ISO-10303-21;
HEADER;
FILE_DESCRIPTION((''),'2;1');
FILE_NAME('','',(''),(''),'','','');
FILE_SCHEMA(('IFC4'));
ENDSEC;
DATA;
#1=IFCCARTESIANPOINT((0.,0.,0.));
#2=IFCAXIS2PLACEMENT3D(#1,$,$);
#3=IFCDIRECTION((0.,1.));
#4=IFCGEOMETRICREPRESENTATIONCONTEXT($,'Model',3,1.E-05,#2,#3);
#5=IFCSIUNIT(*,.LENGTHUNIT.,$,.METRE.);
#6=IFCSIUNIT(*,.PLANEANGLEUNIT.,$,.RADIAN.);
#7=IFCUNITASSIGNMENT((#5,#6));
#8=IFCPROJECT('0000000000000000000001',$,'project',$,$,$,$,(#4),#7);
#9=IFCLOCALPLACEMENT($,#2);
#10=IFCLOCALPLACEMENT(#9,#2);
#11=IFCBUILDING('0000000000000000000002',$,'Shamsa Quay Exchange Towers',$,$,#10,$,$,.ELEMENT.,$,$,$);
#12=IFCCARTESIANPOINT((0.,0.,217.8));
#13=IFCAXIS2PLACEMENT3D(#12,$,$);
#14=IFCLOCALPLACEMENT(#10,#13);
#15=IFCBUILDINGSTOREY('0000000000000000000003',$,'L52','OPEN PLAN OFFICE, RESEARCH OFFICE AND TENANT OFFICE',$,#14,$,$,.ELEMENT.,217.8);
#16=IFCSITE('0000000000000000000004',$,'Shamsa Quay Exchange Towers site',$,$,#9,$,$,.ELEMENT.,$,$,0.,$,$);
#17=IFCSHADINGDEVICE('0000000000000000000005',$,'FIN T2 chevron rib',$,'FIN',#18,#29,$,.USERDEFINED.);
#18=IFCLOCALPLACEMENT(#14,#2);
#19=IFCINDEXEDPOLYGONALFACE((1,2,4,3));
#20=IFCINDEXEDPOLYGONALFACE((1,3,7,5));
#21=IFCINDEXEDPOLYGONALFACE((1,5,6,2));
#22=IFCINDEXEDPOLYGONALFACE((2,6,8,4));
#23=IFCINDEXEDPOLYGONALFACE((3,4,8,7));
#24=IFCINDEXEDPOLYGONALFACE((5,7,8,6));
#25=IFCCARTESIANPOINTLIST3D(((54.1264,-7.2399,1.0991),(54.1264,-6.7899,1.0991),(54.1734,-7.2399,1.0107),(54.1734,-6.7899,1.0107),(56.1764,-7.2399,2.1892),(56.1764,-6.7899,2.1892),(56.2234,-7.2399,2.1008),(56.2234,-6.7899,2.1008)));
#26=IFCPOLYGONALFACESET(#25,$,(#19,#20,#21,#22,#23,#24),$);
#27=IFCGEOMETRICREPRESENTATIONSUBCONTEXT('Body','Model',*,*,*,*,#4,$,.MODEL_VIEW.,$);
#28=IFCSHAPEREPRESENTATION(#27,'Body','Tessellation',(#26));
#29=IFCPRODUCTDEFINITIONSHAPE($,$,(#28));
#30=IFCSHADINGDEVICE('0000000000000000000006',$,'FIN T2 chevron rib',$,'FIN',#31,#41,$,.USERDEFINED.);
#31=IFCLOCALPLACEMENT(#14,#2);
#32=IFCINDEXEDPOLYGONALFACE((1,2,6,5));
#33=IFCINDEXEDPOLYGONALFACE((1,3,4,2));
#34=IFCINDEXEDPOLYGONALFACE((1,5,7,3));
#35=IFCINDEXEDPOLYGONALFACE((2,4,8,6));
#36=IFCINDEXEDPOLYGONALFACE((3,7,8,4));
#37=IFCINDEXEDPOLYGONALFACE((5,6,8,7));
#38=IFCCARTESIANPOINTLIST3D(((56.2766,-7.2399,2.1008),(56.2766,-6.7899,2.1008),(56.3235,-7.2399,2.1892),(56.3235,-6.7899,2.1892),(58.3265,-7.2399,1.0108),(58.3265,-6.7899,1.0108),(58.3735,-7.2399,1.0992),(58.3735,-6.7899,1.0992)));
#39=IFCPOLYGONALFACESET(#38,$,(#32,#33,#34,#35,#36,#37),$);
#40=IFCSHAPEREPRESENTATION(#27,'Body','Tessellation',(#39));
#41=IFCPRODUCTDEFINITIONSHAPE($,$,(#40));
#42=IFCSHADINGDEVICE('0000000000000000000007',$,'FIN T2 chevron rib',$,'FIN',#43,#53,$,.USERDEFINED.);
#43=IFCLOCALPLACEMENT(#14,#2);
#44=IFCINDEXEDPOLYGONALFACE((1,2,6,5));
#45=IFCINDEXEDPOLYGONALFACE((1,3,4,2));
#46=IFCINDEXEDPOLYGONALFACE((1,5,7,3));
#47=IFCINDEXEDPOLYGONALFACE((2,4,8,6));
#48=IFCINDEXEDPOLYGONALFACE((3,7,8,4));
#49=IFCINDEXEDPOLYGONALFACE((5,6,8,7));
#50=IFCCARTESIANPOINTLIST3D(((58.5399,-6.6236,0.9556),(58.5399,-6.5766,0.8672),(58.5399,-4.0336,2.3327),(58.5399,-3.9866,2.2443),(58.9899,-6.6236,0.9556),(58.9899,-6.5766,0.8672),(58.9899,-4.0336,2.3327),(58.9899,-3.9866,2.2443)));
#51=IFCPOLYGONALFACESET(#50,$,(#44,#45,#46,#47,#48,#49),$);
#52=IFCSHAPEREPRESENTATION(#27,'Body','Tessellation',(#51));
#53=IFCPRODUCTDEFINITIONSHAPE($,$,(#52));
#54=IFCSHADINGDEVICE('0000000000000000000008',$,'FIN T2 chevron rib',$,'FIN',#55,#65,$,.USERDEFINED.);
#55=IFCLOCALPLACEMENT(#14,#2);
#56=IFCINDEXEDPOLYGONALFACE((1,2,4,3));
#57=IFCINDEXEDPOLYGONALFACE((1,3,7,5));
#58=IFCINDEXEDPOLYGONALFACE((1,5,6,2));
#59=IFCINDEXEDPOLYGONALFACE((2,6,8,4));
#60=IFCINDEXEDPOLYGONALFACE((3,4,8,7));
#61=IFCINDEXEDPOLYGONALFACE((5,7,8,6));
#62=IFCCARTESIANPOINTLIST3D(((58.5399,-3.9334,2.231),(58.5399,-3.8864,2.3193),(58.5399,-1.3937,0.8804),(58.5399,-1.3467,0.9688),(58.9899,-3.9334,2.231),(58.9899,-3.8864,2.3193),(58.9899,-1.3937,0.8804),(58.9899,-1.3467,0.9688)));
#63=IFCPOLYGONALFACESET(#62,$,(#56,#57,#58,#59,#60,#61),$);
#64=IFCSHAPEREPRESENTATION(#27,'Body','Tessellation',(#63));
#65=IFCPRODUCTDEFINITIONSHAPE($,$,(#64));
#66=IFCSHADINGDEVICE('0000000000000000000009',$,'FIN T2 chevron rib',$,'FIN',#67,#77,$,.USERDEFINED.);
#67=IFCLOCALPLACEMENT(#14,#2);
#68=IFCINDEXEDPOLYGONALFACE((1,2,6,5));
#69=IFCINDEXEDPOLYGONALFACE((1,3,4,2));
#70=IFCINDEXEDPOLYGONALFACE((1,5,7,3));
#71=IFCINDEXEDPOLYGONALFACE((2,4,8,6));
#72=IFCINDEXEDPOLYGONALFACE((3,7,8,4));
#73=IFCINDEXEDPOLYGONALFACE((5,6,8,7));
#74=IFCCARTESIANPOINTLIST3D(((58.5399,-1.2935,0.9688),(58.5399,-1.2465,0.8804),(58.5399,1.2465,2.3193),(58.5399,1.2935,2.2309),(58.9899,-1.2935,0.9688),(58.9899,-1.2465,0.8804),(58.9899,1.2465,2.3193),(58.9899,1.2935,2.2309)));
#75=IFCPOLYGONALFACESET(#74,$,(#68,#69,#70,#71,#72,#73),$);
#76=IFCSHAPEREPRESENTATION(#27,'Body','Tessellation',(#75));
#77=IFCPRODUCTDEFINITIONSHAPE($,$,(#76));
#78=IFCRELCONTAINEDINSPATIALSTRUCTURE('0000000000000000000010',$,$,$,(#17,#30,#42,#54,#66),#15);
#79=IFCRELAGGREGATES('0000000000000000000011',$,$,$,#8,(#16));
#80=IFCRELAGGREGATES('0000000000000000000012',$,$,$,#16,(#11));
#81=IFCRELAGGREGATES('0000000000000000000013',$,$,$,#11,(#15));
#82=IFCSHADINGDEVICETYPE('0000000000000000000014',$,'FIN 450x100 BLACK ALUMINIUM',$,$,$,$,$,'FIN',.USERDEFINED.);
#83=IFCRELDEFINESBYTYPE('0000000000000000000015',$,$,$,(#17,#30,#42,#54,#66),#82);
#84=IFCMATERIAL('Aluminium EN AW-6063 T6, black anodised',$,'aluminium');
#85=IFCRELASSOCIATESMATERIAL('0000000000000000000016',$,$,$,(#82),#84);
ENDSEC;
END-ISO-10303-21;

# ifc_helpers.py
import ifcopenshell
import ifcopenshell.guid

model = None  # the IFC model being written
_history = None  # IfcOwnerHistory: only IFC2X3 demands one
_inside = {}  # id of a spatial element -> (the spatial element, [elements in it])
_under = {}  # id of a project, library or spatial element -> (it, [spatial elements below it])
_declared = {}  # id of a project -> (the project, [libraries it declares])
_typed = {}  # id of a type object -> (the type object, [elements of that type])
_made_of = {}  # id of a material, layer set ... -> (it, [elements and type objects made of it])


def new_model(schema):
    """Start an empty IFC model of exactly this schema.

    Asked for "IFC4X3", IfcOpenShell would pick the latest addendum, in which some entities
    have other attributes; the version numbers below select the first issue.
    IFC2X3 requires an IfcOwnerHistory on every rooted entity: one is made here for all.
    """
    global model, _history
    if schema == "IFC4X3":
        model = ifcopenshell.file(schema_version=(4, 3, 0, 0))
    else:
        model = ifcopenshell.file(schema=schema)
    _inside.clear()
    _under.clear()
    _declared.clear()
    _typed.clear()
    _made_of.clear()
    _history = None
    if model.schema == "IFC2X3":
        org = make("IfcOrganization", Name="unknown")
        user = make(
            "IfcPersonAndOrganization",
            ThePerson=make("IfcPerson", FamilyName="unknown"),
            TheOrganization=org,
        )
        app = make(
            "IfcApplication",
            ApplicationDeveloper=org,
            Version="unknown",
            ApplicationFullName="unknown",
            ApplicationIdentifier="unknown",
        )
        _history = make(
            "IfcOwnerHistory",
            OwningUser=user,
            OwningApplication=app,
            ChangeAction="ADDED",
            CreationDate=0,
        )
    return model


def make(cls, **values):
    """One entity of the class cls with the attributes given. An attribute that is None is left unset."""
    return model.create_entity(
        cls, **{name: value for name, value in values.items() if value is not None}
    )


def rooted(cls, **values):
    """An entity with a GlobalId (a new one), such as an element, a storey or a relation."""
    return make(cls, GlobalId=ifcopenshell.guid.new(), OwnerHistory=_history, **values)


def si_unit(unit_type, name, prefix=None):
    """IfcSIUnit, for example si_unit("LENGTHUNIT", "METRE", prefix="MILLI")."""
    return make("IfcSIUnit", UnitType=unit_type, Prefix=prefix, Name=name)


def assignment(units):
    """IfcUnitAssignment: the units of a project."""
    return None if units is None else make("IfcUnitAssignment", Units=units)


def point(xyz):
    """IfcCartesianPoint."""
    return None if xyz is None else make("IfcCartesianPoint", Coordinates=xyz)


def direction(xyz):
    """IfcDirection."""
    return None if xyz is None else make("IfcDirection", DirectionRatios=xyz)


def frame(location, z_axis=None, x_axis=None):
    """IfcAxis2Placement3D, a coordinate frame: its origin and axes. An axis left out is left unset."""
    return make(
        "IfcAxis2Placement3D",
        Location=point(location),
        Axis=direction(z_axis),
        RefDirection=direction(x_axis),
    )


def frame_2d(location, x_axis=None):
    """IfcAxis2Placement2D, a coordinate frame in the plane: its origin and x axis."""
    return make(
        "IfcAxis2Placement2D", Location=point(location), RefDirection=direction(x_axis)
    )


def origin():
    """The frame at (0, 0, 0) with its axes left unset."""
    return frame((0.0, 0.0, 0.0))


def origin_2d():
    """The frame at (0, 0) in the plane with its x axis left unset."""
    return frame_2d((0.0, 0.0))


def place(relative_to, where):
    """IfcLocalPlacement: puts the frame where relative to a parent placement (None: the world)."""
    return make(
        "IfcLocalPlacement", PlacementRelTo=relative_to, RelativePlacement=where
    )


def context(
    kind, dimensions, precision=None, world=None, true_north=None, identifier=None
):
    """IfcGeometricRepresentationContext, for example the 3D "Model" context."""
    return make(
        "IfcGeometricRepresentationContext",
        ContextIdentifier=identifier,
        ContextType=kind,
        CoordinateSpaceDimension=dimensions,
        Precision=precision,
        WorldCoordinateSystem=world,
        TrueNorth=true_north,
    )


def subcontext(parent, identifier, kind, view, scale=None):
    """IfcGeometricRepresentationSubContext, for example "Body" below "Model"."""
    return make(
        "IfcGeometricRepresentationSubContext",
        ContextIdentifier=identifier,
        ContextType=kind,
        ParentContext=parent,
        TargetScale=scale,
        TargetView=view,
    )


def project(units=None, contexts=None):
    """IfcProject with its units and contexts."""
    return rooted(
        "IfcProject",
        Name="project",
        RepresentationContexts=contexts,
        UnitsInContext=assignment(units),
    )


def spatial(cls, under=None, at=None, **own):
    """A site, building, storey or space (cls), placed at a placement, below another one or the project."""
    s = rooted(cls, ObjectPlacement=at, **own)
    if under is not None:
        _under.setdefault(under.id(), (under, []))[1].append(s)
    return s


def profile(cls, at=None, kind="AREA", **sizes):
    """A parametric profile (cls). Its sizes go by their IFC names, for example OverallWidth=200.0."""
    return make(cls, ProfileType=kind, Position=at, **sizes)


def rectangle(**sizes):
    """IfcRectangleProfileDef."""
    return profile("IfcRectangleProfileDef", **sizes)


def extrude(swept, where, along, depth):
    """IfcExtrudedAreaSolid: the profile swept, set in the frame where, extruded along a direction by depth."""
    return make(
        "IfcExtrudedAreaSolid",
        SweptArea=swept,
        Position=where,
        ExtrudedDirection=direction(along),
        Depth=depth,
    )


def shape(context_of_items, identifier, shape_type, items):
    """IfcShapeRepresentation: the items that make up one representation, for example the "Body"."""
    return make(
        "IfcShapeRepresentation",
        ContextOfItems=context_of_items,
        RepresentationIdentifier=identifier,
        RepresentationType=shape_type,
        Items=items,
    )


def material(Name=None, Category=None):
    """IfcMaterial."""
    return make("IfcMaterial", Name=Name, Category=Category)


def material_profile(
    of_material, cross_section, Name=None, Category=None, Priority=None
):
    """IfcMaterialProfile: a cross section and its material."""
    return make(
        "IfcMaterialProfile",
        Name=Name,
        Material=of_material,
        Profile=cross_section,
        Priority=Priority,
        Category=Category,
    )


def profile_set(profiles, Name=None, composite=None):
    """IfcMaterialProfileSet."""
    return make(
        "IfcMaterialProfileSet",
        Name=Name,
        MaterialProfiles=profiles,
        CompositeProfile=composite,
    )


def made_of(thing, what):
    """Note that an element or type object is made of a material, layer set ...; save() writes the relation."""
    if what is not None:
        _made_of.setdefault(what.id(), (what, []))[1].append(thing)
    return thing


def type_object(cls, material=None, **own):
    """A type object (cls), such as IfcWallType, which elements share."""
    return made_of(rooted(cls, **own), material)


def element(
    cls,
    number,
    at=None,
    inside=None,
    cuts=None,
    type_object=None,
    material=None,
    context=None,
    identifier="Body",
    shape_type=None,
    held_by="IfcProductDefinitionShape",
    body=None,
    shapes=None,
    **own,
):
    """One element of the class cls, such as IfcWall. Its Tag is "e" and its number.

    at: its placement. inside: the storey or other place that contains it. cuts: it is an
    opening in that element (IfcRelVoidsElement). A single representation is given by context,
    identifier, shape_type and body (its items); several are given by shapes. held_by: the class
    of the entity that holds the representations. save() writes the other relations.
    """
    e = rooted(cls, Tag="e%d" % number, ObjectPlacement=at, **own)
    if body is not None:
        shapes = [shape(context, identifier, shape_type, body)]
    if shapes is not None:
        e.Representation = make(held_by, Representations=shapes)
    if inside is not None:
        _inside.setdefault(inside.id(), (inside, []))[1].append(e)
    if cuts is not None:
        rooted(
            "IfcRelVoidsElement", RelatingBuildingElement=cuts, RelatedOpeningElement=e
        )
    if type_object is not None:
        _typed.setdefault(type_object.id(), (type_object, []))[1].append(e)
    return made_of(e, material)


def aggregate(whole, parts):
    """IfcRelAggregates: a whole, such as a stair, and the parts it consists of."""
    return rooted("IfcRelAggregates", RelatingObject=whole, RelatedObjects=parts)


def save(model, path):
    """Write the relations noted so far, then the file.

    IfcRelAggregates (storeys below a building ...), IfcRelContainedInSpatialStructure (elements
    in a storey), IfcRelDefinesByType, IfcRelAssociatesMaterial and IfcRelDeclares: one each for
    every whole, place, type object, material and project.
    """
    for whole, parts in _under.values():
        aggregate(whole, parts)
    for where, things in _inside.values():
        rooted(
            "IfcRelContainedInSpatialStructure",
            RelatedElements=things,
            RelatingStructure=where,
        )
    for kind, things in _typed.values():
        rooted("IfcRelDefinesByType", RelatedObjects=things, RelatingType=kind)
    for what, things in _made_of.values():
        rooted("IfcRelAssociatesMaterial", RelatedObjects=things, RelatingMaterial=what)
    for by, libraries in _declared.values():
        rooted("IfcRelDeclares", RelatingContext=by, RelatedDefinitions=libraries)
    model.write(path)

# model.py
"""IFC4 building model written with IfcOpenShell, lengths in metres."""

from ifc_helpers import new_model, si_unit, direction, frame, origin, origin_2d, place, context, subcontext, project, spatial, rectangle, extrude, material, material_profile, profile_set, type_object, element, save


model = new_model("IFC4")

# Units and contexts
model_context = context("Model", 3, precision=1e-05, world=origin(), true_north=direction((0.0, 1.0)))
body_context = subcontext(model_context, "Body", "Model", "MODEL_VIEW")
ifc_project = project(units=[si_unit("LENGTHUNIT", "METRE"), si_unit("PLANEANGLEUNIT", "RADIAN")], contexts=[model_context])

# Site, building, storey
site_placement = place(None, origin())
site = spatial("IfcSite", under=ifc_project, at=site_placement, Name="Shamsa Quay Exchange Towers site", CompositionType="ELEMENT", RefElevation=0.0)
building_placement = place(site_placement, origin())
building = spatial("IfcBuilding", under=site, at=building_placement, Name="Shamsa Quay Exchange Towers", CompositionType="ELEMENT")
storey_placement = place(building_placement, frame((0.0, 0.0, 217.8)))
storey = spatial("IfcBuildingStorey", under=building, at=storey_placement, Name="L52", Description="OPEN PLAN OFFICE, RESEARCH OFFICE AND TENANT OFFICE", CompositionType="ELEMENT", Elevation=217.8)

# Shared definitions
ifc_material_1 = material(Name="Aluminium EN AW-6063 T6, black anodised", Category="aluminium")

# Shading devices
ifc_material_profile_1 = material_profile(ifc_material_1, rectangle(XDim=0.45, YDim=0.1001, at=origin_2d()), Name="FIN450x100")
ifc_profile_set_1 = profile_set([ifc_material_profile_1], Name="Aluminium EN AW-6063 T6, black anodised")
shading_device_type = type_object("IfcShadingDeviceType", Name="FIN 450x100 BLACK ALUMINIUM", ElementType="FIN", PredefinedType="USERDEFINED", material=ifc_profile_set_1)
for number, where, z_axis, x_axis, name in (
    (1, (54.1499, -7.0149, 1.0549), (0.882937, 0.0, 0.469491), (0.0, 1.0, 0.0), "FIN T2 chevron rib"),
    (2, (56.3, -7.0149, 2.145), (0.882937, 0.0, -0.469491), (0.0, 1.0, 0.0), "FIN T2 chevron rib"),
):
    element("IfcShadingDevice", number, at=place(storey_placement, frame(where, z_axis=z_axis, x_axis=x_axis)), inside=storey, type_object=shading_device_type, Name=name, ObjectType="FIN", PredefinedType="USERDEFINED", context=body_context, shape_type="SweptSolid", body=[
        extrude(rectangle(XDim=0.45, YDim=0.1001, at=origin_2d()), origin(), (0.0, 0.0, 1.0), 2.3218),
    ])
shading_device_1_placement = place(storey_placement, frame((58.7649, -6.6001, 0.9114), z_axis=(0.0, 0.882944, 0.469478), x_axis=(-1.0, 0.0, 0.0)))
element("IfcShadingDevice", 3, at=shading_device_1_placement, inside=storey, type_object=shading_device_type, Name="FIN T2 chevron rib", ObjectType="FIN", PredefinedType="USERDEFINED", context=body_context, shape_type="SweptSolid", body=[
    extrude(rectangle(XDim=0.45, YDim=0.1001, at=origin_2d()), origin(), (0.0, 0.0, 1.0), 2.9333),
])
shading_device_2_placement = place(storey_placement, frame((58.7649, -3.9099, 2.2751), z_axis=(0.0, 0.882926, -0.469513), x_axis=(-1.0, 0.0, 0.0)))
element("IfcShadingDevice", 4, at=shading_device_2_placement, inside=storey, type_object=shading_device_type, Name="FIN T2 chevron rib", ObjectType="FIN", PredefinedType="USERDEFINED", context=body_context, shape_type="SweptSolid", body=[
    extrude(rectangle(XDim=0.45, YDim=0.1001, at=origin_2d()), origin(), (0.0, 0.0, 1.0), 2.8765),
])
shading_device_3_placement = place(storey_placement, frame((58.7649, -1.27, 0.9246), z_axis=(0.0, 0.882944, 0.469478), x_axis=(-1.0, 0.0, 0.0)))
element("IfcShadingDevice", 5, at=shading_device_3_placement, inside=storey, type_object=shading_device_type, Name="FIN T2 chevron rib", ObjectType="FIN", PredefinedType="USERDEFINED", context=body_context, shape_type="SweptSolid", body=[
    extrude(rectangle(XDim=0.45, YDim=0.1001, at=origin_2d()), origin(), (0.0, 0.0, 1.0), 2.8767),
])

save(model, "model.ifc")
